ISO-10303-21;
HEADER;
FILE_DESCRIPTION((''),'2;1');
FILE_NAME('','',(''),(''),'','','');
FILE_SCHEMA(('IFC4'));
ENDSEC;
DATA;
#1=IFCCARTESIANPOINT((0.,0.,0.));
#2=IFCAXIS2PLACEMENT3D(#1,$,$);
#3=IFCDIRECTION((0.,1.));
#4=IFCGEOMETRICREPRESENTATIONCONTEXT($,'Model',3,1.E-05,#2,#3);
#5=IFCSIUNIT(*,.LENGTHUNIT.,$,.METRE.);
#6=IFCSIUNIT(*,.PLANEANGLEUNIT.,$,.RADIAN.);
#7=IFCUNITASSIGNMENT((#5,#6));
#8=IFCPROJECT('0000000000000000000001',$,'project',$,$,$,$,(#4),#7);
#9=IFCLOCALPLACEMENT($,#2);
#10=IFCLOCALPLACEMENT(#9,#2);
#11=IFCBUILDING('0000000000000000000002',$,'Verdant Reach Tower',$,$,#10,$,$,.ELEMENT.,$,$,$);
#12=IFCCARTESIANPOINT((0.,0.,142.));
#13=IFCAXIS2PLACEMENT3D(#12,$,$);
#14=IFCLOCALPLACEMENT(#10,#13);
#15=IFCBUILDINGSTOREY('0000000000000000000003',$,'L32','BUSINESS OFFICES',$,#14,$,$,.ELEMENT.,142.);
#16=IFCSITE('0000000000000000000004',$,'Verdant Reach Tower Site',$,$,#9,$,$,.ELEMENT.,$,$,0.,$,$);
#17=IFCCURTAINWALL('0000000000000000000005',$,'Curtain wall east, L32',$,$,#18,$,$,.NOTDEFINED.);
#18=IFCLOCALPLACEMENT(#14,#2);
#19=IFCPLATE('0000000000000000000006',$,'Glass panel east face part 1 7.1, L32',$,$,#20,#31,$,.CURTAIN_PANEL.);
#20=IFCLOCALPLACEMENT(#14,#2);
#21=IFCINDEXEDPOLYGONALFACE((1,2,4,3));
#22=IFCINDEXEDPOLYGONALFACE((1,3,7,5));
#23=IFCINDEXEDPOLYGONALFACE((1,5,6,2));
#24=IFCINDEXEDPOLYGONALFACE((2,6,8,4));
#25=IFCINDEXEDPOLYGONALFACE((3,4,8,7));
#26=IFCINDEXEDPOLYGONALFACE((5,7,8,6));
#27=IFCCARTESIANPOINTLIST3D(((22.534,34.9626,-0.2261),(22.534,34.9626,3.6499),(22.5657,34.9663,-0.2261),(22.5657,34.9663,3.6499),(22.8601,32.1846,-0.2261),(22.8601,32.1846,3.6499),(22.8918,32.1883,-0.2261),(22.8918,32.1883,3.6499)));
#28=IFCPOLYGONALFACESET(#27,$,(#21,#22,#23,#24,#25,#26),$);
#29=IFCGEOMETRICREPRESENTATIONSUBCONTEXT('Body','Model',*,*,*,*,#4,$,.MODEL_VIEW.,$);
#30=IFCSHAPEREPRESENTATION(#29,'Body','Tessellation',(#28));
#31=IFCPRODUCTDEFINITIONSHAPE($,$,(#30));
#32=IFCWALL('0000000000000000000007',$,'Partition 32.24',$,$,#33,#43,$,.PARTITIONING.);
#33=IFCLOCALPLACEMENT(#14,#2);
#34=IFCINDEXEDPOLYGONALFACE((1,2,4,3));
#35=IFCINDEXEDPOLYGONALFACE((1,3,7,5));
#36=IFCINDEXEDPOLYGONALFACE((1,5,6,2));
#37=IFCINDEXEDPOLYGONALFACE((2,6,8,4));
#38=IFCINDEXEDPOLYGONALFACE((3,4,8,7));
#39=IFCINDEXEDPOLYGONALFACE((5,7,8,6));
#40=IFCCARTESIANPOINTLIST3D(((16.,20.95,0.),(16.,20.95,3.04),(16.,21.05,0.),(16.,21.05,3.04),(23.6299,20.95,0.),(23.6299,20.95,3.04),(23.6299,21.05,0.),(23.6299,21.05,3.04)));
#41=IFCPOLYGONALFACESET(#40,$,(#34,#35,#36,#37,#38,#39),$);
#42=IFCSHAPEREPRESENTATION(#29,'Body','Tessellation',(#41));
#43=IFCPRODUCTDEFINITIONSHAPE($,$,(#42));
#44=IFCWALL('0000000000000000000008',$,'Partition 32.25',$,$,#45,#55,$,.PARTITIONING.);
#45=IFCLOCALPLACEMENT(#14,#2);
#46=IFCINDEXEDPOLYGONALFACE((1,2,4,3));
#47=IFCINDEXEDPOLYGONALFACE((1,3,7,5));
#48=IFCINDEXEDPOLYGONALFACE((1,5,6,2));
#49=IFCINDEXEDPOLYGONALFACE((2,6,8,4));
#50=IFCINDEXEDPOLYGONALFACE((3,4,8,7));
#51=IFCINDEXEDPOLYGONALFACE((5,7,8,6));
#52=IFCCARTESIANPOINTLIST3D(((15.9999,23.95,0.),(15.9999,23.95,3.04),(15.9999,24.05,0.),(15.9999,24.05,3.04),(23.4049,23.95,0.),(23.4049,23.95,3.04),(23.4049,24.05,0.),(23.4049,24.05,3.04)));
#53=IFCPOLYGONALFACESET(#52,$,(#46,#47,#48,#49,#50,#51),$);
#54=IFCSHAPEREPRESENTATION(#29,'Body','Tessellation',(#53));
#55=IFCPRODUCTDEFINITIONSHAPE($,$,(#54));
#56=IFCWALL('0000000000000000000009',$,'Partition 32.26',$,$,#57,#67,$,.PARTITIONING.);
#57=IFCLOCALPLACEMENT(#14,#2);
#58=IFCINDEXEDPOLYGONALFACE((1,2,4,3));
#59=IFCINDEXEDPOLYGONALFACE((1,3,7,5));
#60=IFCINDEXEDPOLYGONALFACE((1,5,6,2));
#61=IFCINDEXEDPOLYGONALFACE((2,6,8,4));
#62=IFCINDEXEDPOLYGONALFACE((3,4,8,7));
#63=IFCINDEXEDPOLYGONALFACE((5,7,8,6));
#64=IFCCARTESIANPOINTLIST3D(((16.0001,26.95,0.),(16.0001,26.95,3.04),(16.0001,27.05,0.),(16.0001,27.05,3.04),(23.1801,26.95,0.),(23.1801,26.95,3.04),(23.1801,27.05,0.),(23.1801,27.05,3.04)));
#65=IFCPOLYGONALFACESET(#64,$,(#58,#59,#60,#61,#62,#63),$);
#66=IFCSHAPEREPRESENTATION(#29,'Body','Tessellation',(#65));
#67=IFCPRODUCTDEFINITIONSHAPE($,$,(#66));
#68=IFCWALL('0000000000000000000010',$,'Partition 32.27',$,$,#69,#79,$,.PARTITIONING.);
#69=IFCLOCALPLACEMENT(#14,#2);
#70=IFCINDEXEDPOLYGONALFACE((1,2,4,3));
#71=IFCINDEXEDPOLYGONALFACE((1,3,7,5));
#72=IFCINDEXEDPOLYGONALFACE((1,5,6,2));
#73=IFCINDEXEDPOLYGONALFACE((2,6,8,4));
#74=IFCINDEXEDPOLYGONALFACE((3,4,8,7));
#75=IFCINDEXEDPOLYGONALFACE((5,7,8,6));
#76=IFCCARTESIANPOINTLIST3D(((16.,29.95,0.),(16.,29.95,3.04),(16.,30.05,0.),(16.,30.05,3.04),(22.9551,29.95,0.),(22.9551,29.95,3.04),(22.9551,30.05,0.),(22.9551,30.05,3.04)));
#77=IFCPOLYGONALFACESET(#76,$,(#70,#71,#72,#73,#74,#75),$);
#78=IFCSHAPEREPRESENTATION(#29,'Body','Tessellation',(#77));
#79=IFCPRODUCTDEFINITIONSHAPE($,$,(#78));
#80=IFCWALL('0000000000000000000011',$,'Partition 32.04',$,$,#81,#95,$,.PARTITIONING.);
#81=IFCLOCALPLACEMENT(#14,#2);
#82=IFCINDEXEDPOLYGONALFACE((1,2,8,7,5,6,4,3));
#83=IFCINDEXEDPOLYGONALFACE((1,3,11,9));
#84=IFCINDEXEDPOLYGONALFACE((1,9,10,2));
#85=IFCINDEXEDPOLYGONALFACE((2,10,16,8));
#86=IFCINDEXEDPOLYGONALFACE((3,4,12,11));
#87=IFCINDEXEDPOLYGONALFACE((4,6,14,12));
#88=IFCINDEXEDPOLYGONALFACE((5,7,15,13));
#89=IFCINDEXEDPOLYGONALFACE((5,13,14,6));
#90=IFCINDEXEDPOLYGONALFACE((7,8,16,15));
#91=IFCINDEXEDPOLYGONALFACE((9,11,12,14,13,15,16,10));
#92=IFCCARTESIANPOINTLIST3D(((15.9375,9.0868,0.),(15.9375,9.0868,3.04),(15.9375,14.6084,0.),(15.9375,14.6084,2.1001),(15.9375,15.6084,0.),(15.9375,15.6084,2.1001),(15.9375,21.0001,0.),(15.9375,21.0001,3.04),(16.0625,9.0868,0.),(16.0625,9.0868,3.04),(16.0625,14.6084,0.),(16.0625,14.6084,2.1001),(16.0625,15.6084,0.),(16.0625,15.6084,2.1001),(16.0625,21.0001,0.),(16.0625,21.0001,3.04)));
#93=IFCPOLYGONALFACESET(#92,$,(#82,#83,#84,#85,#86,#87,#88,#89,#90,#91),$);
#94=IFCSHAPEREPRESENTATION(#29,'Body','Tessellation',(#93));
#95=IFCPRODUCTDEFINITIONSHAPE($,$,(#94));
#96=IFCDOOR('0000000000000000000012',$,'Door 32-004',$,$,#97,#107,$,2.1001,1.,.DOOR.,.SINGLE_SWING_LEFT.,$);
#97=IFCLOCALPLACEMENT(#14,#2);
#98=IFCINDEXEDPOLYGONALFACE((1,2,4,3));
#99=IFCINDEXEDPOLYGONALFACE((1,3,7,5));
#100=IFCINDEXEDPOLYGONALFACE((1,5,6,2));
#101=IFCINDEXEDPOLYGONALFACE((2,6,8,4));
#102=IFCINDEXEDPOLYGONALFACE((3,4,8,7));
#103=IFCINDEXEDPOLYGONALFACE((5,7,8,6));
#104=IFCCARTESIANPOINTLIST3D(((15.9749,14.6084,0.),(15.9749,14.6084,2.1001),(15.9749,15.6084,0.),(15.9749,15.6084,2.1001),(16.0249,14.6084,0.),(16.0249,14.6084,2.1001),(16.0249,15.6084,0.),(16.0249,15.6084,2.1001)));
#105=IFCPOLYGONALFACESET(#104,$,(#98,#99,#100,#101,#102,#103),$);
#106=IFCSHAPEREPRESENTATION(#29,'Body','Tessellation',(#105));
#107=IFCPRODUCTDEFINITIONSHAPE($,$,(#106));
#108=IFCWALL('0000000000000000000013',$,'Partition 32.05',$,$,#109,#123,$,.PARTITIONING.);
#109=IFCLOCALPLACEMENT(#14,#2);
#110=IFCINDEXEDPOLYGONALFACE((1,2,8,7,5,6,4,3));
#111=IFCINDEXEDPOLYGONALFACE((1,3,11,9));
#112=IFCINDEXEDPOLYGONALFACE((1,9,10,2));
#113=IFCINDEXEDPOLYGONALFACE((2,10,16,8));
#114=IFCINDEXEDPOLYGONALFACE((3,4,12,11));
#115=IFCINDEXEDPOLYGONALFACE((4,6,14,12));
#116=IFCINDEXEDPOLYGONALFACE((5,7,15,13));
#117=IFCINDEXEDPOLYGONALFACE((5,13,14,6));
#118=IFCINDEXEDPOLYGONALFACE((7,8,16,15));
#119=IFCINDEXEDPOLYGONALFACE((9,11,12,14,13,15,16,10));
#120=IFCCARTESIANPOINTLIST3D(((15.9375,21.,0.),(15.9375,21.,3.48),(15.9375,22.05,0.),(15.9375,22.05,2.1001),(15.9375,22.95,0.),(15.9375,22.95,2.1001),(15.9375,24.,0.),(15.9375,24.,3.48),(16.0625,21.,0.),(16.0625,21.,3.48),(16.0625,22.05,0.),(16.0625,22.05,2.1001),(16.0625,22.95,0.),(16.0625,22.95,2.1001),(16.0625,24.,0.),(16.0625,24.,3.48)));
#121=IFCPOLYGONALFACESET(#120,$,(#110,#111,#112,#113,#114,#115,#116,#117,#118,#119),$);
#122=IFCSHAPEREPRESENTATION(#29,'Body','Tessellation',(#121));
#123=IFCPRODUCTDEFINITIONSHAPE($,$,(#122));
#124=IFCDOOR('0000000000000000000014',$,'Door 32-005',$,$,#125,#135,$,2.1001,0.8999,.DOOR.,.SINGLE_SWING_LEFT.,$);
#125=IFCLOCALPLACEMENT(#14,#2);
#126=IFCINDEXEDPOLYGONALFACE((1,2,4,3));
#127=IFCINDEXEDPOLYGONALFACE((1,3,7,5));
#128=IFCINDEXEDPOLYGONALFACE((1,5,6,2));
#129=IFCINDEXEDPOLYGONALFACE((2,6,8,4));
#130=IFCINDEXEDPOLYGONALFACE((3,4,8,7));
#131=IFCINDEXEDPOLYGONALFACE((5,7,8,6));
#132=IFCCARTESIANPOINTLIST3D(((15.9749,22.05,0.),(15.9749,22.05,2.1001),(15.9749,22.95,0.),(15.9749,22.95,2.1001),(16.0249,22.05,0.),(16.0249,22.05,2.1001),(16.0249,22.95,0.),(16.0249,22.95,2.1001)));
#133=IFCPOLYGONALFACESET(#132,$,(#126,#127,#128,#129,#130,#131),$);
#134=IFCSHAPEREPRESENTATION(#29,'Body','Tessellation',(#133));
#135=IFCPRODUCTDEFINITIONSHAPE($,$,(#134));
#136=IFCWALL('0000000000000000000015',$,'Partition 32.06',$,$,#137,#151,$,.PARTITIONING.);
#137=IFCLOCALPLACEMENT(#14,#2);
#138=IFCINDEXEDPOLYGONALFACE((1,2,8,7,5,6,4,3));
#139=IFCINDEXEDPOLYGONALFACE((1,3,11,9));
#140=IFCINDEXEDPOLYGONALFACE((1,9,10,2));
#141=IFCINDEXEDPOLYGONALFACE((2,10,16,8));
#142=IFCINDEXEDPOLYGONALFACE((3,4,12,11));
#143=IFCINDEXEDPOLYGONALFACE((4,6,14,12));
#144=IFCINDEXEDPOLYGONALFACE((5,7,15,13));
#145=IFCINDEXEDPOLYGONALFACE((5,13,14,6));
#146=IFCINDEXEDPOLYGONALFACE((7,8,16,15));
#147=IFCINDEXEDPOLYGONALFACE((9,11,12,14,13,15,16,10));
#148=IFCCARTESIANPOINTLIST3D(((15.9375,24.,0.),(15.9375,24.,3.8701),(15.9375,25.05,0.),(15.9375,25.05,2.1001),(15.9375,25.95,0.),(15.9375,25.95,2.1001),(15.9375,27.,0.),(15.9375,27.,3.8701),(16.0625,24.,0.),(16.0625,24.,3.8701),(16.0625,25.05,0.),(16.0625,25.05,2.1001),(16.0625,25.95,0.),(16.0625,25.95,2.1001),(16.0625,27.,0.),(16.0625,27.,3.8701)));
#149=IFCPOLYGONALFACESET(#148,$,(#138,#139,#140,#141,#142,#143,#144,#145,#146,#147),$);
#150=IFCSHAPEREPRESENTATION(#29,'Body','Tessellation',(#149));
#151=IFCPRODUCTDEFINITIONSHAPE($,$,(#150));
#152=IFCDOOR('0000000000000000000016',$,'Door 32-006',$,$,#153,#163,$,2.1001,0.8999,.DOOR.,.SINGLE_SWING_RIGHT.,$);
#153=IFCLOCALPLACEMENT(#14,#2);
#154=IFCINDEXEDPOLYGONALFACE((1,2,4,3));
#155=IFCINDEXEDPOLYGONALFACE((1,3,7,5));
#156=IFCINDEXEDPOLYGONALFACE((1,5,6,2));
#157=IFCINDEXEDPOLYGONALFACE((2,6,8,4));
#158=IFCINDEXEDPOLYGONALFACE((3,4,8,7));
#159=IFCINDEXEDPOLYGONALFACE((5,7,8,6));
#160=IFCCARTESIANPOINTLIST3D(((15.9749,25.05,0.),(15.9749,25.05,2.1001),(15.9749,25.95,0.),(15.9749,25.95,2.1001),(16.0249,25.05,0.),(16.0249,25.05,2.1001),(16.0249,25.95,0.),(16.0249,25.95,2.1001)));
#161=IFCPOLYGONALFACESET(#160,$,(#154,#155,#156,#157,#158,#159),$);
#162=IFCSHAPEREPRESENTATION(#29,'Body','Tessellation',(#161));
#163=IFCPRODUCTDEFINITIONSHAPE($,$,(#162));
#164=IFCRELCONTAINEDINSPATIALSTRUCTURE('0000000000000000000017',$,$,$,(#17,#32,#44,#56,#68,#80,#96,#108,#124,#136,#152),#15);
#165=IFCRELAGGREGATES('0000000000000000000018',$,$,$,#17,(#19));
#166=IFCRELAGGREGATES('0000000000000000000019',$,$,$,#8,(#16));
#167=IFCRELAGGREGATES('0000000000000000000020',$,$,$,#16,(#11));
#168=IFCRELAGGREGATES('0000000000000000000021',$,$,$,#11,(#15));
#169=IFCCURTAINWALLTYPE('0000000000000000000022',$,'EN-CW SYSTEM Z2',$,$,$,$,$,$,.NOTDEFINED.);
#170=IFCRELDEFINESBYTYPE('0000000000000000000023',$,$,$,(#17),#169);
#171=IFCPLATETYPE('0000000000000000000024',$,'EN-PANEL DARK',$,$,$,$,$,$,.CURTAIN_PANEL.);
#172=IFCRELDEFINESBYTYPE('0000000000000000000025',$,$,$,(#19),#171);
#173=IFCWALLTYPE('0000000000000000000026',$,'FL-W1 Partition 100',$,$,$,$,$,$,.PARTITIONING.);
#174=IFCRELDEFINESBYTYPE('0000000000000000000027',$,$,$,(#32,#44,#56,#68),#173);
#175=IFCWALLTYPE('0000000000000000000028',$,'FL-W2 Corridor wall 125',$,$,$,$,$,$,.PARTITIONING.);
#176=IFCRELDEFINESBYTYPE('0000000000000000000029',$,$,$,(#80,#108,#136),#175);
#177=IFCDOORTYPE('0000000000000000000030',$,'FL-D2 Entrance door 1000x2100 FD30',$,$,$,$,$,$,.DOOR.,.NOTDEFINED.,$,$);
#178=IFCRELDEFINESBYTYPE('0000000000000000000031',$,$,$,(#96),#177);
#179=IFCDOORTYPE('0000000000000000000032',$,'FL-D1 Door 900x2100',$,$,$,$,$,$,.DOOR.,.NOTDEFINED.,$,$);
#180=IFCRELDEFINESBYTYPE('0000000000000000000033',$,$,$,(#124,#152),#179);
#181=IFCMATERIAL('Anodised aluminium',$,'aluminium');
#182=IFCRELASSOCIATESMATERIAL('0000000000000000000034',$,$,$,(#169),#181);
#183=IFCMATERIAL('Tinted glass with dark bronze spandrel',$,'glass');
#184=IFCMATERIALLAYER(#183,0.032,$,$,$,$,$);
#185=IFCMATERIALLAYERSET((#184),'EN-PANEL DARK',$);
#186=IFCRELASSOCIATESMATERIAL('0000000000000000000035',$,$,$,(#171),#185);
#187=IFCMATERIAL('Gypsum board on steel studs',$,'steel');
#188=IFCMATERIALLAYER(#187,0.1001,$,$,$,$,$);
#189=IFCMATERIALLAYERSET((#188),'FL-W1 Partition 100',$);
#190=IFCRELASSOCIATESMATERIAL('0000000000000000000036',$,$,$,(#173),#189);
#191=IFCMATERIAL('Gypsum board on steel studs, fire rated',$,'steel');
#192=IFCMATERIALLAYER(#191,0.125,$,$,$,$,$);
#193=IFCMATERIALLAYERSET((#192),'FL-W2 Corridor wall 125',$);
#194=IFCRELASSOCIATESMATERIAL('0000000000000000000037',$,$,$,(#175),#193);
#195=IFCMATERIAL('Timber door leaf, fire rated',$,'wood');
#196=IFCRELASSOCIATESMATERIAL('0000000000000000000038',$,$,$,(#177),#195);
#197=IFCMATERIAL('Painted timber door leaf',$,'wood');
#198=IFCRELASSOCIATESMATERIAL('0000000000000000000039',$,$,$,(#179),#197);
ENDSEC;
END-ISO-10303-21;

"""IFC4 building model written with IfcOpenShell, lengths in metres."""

from ifc_helpers import new_model, si_unit, direction, frame, frame_2d, origin, origin_2d, place, context, subcontext, project, spatial, rectangle, extrude, material, layer, layer_set, type_object, element, fill, aggregate, save


model = new_model("IFC4")

# Units and contexts
model_context = context("Model", 3, precision=1e-05, world=origin(), true_north=direction((0.0, 1.0)))
body_context = subcontext(model_context, "Body", "Model", "MODEL_VIEW")
ifc_project = project(units=[si_unit("LENGTHUNIT", "METRE"), si_unit("PLANEANGLEUNIT", "RADIAN")], contexts=[model_context])

# Site, building, storey
site_placement = place(None, origin())
site = spatial("IfcSite", under=ifc_project, at=site_placement, Name="Verdant Reach Tower Site", CompositionType="ELEMENT", RefElevation=0.0)
building_placement = place(site_placement, origin())
building = spatial("IfcBuilding", under=site, at=building_placement, Name="Verdant Reach Tower", CompositionType="ELEMENT")
storey_placement = place(building_placement, frame((0.0, 0.0, 142.0)))
storey = spatial("IfcBuildingStorey", under=building, at=storey_placement, Name="L32", Description="BUSINESS OFFICES", CompositionType="ELEMENT", Elevation=142.0)

# Curtain wall
ifc_material_1 = material(Name="Anodised aluminium", Category="aluminium")
curtain_wall_type = type_object("IfcCurtainWallType", Name="EN-CW SYSTEM Z2", PredefinedType="NOTDEFINED", material=ifc_material_1)
curtain_wall_placement = place(storey_placement, origin())
curtain_wall = element("IfcCurtainWall", 1, at=curtain_wall_placement, inside=storey, type_object=curtain_wall_type, Name="Curtain wall east, L32", PredefinedType="NOTDEFINED")

# Plate
ifc_material_2 = material(Name="Tinted glass with dark bronze spandrel", Category="glass")
ifc_layer_1 = layer(ifc_material_2, 0.032)
ifc_layer_set_1 = layer_set([ifc_layer_1], Name="EN-PANEL DARK")
plate_type_1 = type_object("IfcPlateType", Name="EN-PANEL DARK", PredefinedType="CURTAIN_PANEL", material=ifc_layer_set_1)
plate_1_placement = place(storey_placement, frame((22.7129, 33.5754, -0.2261), z_axis=(0.0, 0.0, 1.0), x_axis=(-0.116586, 0.993181, 0.0)))
plate_1 = element("IfcPlate", 2, at=plate_1_placement, type_object=plate_type_1, Name="Glass panel east face part 1 7.1, L32", PredefinedType="CURTAIN_PANEL", context=body_context, shape_type="SweptSolid", body=[
    extrude(rectangle(XDim=2.7971, YDim=0.032, at=origin_2d()), origin(), (0.0, 0.0, 1.0), 3.876),
])
aggregate(curtain_wall, [plate_1])

# Walls
ifc_material_3 = material(Name="Gypsum board on steel studs", Category="steel")
ifc_layer_2 = layer(ifc_material_3, 0.1001)
ifc_layer_set_2 = layer_set([ifc_layer_2], Name="FL-W1 Partition 100")
wall_type_1 = type_object("IfcWallType", Name="FL-W1 Partition 100", PredefinedType="PARTITIONING", material=ifc_layer_set_2)
wall_1_placement = place(storey_placement, frame((23.6299, 21.0, 0.0), z_axis=(0.0, 0.0, 1.0), x_axis=(-1.0, 0.0, 0.0)))
element("IfcWall", 3, at=wall_1_placement, inside=storey, type_object=wall_type_1, Name="Partition 32.24", PredefinedType="PARTITIONING", context=body_context, shape_type="SweptSolid", body=[
    extrude(rectangle(XDim=7.6299, YDim=0.1001, at=frame_2d((3.8149, 0.0))), origin(), (0.0, 0.0, 1.0), 3.04),
])
wall_2_placement = place(storey_placement, frame((23.405, 24.0, 0.0), z_axis=(0.0, 0.0, 1.0), x_axis=(-1.0, 0.0, 0.0)))
element("IfcWall", 4, at=wall_2_placement, inside=storey, type_object=wall_type_1, Name="Partition 32.25", PredefinedType="PARTITIONING", context=body_context, shape_type="SweptSolid", body=[
    extrude(rectangle(XDim=7.405, YDim=0.1001, at=frame_2d((3.7026, 0.0))), origin(), (0.0, 0.0, 1.0), 3.04),
])
wall_3_placement = place(storey_placement, frame((23.1799, 27.0, 0.0), z_axis=(0.0, 0.0, 1.0), x_axis=(-1.0, 0.0, 0.0)))
element("IfcWall", 5, at=wall_3_placement, inside=storey, type_object=wall_type_1, Name="Partition 32.26", PredefinedType="PARTITIONING", context=body_context, shape_type="SweptSolid", body=[
    extrude(rectangle(XDim=7.1799, YDim=0.1001, at=frame_2d((3.5898, 0.0))), origin(), (0.0, 0.0, 1.0), 3.04),
])
wall_4_placement = place(storey_placement, frame((22.9551, 30.0, 0.0), z_axis=(0.0, 0.0, 1.0), x_axis=(-1.0, 0.0, 0.0)))
element("IfcWall", 6, at=wall_4_placement, inside=storey, type_object=wall_type_1, Name="Partition 32.27", PredefinedType="PARTITIONING", context=body_context, shape_type="SweptSolid", body=[
    extrude(rectangle(XDim=6.9551, YDim=0.1001, at=frame_2d((3.4775, 0.0))), origin(), (0.0, 0.0, 1.0), 3.04),
])

# Walls, openings, doors
ifc_material_4 = material(Name="Gypsum board on steel studs, fire rated", Category="steel")
ifc_layer_3 = layer(ifc_material_4, 0.125)
ifc_layer_set_3 = layer_set([ifc_layer_3], Name="FL-W2 Corridor wall 125")
wall_type_2 = type_object("IfcWallType", Name="FL-W2 Corridor wall 125", PredefinedType="PARTITIONING", material=ifc_layer_set_3)
wall_5_placement = place(storey_placement, frame((16.0, 21.0, 0.0), z_axis=(0.0, 0.0, 1.0), x_axis=(0.0, -1.0, 0.0)))
wall_5 = element("IfcWall", 7, at=wall_5_placement, inside=storey, type_object=wall_type_2, Name="Partition 32.04", PredefinedType="PARTITIONING", context=body_context, shape_type="SweptSolid", body=[
    extrude(rectangle(XDim=11.9133, YDim=0.125, at=frame_2d((5.9565, 0.0))), origin(), (0.0, 0.0, 1.0), 3.04),
])
opening_1_placement = place(wall_5_placement, frame((5.3916, 0.0, 0.0)))
opening_1 = element("IfcOpeningElement", 8, at=opening_1_placement, cuts=wall_5, PredefinedType="OPENING", context=body_context, shape_type="SweptSolid", body=[
    extrude(rectangle(XDim=1.0, YDim=2.1001, at=frame_2d((0.5, 1.05))), frame((0.0, 0.0725, 0.0), z_axis=(0.0, -1.0, 0.0), x_axis=(1.0, 0.0, 0.0)), (0.0, 0.0, 1.0), 0.145),
])
ifc_material_5 = material(Name="Timber door leaf, fire rated", Category="wood")
door_type_1 = type_object("IfcDoorType", Name="FL-D2 Entrance door 1000x2100 FD30", OperationType="NOTDEFINED", PredefinedType="DOOR", material=ifc_material_5)
door_1_placement = place(opening_1_placement, origin())
door_1 = element("IfcDoor", 9, at=door_1_placement, inside=storey, type_object=door_type_1, Name="Door 32-004", OperationType="SINGLE_SWING_LEFT", OverallHeight=2.1001, OverallWidth=1.0, PredefinedType="DOOR", context=body_context, shape_type="SweptSolid", body=[
    extrude(rectangle(XDim=1.0, YDim=2.1001, at=frame_2d((0.5, 1.05))), frame((0.0, 0.0249, 0.0), z_axis=(0.0, -1.0, 0.0), x_axis=(1.0, 0.0, 0.0)), (0.0, 0.0, 1.0), 0.05),
])
fill(opening_1, door_1)
wall_6_placement = place(storey_placement, frame((16.0, 24.0, 0.0), z_axis=(0.0, 0.0, 1.0), x_axis=(0.0, -1.0, 0.0)))
wall_6 = element("IfcWall", 10, at=wall_6_placement, inside=storey, type_object=wall_type_2, Name="Partition 32.05", PredefinedType="PARTITIONING", context=body_context, shape_type="SweptSolid", body=[
    extrude(rectangle(XDim=3.0, YDim=0.125, at=frame_2d((1.5, 0.0))), origin(), (0.0, 0.0, 1.0), 3.48),
])
opening_2_placement = place(wall_6_placement, frame((1.05, 0.0, 0.0)))
opening_2 = element("IfcOpeningElement", 11, at=opening_2_placement, cuts=wall_6, PredefinedType="OPENING", context=body_context, shape_type="SweptSolid", body=[
    extrude(rectangle(XDim=0.8999, YDim=2.1001, at=frame_2d((0.45, 1.05))), frame((0.0, 0.0725, 0.0), z_axis=(0.0, -1.0, 0.0), x_axis=(1.0, 0.0, 0.0)), (0.0, 0.0, 1.0), 0.145),
])
ifc_material_6 = material(Name="Painted timber door leaf", Category="wood")
door_type_2 = type_object("IfcDoorType", Name="FL-D1 Door 900x2100", OperationType="NOTDEFINED", PredefinedType="DOOR", material=ifc_material_6)
door_2_placement = place(opening_2_placement, origin())
door_2 = element("IfcDoor", 12, at=door_2_placement, inside=storey, type_object=door_type_2, Name="Door 32-005", OperationType="SINGLE_SWING_LEFT", OverallHeight=2.1001, OverallWidth=0.8999, PredefinedType="DOOR", context=body_context, shape_type="SweptSolid", body=[
    extrude(rectangle(XDim=0.8999, YDim=2.1001, at=frame_2d((0.45, 1.05))), frame((0.0, 0.0249, 0.0), z_axis=(0.0, -1.0, 0.0), x_axis=(1.0, 0.0, 0.0)), (0.0, 0.0, 1.0), 0.05),
])
fill(opening_2, door_2)
wall_7_placement = place(storey_placement, frame((16.0, 27.0, 0.0), z_axis=(0.0, 0.0, 1.0), x_axis=(0.0, -1.0, 0.0)))
wall_7 = element("IfcWall", 13, at=wall_7_placement, inside=storey, type_object=wall_type_2, Name="Partition 32.06", PredefinedType="PARTITIONING", context=body_context, shape_type="SweptSolid", body=[
    extrude(rectangle(XDim=3.0, YDim=0.125, at=frame_2d((1.5, 0.0))), origin(), (0.0, 0.0, 1.0), 3.8701),
])
opening_3_placement = place(wall_7_placement, frame((1.05, 0.0, 0.0)))
opening_3 = element("IfcOpeningElement", 14, at=opening_3_placement, cuts=wall_7, PredefinedType="OPENING", context=body_context, shape_type="SweptSolid", body=[
    extrude(rectangle(XDim=0.8999, YDim=2.1001, at=frame_2d((0.45, 1.05))), frame((0.0, 0.0725, 0.0), z_axis=(0.0, -1.0, 0.0), x_axis=(1.0, 0.0, 0.0)), (0.0, 0.0, 1.0), 0.145),
])
door_3_placement = place(opening_3_placement, origin())
door_3 = element("IfcDoor", 15, at=door_3_placement, inside=storey, type_object=door_type_2, Name="Door 32-006", OperationType="SINGLE_SWING_RIGHT", OverallHeight=2.1001, OverallWidth=0.8999, PredefinedType="DOOR", context=body_context, shape_type="SweptSolid", body=[
    extrude(rectangle(XDim=0.8999, YDim=2.1001, at=frame_2d((0.45, 1.05))), frame((0.0, 0.0249, 0.0), z_axis=(0.0, -1.0, 0.0), x_axis=(1.0, 0.0, 0.0)), (0.0, 0.0, 1.0), 0.05),
])
fill(opening_3, door_3)

save(model, "model.ifc")
